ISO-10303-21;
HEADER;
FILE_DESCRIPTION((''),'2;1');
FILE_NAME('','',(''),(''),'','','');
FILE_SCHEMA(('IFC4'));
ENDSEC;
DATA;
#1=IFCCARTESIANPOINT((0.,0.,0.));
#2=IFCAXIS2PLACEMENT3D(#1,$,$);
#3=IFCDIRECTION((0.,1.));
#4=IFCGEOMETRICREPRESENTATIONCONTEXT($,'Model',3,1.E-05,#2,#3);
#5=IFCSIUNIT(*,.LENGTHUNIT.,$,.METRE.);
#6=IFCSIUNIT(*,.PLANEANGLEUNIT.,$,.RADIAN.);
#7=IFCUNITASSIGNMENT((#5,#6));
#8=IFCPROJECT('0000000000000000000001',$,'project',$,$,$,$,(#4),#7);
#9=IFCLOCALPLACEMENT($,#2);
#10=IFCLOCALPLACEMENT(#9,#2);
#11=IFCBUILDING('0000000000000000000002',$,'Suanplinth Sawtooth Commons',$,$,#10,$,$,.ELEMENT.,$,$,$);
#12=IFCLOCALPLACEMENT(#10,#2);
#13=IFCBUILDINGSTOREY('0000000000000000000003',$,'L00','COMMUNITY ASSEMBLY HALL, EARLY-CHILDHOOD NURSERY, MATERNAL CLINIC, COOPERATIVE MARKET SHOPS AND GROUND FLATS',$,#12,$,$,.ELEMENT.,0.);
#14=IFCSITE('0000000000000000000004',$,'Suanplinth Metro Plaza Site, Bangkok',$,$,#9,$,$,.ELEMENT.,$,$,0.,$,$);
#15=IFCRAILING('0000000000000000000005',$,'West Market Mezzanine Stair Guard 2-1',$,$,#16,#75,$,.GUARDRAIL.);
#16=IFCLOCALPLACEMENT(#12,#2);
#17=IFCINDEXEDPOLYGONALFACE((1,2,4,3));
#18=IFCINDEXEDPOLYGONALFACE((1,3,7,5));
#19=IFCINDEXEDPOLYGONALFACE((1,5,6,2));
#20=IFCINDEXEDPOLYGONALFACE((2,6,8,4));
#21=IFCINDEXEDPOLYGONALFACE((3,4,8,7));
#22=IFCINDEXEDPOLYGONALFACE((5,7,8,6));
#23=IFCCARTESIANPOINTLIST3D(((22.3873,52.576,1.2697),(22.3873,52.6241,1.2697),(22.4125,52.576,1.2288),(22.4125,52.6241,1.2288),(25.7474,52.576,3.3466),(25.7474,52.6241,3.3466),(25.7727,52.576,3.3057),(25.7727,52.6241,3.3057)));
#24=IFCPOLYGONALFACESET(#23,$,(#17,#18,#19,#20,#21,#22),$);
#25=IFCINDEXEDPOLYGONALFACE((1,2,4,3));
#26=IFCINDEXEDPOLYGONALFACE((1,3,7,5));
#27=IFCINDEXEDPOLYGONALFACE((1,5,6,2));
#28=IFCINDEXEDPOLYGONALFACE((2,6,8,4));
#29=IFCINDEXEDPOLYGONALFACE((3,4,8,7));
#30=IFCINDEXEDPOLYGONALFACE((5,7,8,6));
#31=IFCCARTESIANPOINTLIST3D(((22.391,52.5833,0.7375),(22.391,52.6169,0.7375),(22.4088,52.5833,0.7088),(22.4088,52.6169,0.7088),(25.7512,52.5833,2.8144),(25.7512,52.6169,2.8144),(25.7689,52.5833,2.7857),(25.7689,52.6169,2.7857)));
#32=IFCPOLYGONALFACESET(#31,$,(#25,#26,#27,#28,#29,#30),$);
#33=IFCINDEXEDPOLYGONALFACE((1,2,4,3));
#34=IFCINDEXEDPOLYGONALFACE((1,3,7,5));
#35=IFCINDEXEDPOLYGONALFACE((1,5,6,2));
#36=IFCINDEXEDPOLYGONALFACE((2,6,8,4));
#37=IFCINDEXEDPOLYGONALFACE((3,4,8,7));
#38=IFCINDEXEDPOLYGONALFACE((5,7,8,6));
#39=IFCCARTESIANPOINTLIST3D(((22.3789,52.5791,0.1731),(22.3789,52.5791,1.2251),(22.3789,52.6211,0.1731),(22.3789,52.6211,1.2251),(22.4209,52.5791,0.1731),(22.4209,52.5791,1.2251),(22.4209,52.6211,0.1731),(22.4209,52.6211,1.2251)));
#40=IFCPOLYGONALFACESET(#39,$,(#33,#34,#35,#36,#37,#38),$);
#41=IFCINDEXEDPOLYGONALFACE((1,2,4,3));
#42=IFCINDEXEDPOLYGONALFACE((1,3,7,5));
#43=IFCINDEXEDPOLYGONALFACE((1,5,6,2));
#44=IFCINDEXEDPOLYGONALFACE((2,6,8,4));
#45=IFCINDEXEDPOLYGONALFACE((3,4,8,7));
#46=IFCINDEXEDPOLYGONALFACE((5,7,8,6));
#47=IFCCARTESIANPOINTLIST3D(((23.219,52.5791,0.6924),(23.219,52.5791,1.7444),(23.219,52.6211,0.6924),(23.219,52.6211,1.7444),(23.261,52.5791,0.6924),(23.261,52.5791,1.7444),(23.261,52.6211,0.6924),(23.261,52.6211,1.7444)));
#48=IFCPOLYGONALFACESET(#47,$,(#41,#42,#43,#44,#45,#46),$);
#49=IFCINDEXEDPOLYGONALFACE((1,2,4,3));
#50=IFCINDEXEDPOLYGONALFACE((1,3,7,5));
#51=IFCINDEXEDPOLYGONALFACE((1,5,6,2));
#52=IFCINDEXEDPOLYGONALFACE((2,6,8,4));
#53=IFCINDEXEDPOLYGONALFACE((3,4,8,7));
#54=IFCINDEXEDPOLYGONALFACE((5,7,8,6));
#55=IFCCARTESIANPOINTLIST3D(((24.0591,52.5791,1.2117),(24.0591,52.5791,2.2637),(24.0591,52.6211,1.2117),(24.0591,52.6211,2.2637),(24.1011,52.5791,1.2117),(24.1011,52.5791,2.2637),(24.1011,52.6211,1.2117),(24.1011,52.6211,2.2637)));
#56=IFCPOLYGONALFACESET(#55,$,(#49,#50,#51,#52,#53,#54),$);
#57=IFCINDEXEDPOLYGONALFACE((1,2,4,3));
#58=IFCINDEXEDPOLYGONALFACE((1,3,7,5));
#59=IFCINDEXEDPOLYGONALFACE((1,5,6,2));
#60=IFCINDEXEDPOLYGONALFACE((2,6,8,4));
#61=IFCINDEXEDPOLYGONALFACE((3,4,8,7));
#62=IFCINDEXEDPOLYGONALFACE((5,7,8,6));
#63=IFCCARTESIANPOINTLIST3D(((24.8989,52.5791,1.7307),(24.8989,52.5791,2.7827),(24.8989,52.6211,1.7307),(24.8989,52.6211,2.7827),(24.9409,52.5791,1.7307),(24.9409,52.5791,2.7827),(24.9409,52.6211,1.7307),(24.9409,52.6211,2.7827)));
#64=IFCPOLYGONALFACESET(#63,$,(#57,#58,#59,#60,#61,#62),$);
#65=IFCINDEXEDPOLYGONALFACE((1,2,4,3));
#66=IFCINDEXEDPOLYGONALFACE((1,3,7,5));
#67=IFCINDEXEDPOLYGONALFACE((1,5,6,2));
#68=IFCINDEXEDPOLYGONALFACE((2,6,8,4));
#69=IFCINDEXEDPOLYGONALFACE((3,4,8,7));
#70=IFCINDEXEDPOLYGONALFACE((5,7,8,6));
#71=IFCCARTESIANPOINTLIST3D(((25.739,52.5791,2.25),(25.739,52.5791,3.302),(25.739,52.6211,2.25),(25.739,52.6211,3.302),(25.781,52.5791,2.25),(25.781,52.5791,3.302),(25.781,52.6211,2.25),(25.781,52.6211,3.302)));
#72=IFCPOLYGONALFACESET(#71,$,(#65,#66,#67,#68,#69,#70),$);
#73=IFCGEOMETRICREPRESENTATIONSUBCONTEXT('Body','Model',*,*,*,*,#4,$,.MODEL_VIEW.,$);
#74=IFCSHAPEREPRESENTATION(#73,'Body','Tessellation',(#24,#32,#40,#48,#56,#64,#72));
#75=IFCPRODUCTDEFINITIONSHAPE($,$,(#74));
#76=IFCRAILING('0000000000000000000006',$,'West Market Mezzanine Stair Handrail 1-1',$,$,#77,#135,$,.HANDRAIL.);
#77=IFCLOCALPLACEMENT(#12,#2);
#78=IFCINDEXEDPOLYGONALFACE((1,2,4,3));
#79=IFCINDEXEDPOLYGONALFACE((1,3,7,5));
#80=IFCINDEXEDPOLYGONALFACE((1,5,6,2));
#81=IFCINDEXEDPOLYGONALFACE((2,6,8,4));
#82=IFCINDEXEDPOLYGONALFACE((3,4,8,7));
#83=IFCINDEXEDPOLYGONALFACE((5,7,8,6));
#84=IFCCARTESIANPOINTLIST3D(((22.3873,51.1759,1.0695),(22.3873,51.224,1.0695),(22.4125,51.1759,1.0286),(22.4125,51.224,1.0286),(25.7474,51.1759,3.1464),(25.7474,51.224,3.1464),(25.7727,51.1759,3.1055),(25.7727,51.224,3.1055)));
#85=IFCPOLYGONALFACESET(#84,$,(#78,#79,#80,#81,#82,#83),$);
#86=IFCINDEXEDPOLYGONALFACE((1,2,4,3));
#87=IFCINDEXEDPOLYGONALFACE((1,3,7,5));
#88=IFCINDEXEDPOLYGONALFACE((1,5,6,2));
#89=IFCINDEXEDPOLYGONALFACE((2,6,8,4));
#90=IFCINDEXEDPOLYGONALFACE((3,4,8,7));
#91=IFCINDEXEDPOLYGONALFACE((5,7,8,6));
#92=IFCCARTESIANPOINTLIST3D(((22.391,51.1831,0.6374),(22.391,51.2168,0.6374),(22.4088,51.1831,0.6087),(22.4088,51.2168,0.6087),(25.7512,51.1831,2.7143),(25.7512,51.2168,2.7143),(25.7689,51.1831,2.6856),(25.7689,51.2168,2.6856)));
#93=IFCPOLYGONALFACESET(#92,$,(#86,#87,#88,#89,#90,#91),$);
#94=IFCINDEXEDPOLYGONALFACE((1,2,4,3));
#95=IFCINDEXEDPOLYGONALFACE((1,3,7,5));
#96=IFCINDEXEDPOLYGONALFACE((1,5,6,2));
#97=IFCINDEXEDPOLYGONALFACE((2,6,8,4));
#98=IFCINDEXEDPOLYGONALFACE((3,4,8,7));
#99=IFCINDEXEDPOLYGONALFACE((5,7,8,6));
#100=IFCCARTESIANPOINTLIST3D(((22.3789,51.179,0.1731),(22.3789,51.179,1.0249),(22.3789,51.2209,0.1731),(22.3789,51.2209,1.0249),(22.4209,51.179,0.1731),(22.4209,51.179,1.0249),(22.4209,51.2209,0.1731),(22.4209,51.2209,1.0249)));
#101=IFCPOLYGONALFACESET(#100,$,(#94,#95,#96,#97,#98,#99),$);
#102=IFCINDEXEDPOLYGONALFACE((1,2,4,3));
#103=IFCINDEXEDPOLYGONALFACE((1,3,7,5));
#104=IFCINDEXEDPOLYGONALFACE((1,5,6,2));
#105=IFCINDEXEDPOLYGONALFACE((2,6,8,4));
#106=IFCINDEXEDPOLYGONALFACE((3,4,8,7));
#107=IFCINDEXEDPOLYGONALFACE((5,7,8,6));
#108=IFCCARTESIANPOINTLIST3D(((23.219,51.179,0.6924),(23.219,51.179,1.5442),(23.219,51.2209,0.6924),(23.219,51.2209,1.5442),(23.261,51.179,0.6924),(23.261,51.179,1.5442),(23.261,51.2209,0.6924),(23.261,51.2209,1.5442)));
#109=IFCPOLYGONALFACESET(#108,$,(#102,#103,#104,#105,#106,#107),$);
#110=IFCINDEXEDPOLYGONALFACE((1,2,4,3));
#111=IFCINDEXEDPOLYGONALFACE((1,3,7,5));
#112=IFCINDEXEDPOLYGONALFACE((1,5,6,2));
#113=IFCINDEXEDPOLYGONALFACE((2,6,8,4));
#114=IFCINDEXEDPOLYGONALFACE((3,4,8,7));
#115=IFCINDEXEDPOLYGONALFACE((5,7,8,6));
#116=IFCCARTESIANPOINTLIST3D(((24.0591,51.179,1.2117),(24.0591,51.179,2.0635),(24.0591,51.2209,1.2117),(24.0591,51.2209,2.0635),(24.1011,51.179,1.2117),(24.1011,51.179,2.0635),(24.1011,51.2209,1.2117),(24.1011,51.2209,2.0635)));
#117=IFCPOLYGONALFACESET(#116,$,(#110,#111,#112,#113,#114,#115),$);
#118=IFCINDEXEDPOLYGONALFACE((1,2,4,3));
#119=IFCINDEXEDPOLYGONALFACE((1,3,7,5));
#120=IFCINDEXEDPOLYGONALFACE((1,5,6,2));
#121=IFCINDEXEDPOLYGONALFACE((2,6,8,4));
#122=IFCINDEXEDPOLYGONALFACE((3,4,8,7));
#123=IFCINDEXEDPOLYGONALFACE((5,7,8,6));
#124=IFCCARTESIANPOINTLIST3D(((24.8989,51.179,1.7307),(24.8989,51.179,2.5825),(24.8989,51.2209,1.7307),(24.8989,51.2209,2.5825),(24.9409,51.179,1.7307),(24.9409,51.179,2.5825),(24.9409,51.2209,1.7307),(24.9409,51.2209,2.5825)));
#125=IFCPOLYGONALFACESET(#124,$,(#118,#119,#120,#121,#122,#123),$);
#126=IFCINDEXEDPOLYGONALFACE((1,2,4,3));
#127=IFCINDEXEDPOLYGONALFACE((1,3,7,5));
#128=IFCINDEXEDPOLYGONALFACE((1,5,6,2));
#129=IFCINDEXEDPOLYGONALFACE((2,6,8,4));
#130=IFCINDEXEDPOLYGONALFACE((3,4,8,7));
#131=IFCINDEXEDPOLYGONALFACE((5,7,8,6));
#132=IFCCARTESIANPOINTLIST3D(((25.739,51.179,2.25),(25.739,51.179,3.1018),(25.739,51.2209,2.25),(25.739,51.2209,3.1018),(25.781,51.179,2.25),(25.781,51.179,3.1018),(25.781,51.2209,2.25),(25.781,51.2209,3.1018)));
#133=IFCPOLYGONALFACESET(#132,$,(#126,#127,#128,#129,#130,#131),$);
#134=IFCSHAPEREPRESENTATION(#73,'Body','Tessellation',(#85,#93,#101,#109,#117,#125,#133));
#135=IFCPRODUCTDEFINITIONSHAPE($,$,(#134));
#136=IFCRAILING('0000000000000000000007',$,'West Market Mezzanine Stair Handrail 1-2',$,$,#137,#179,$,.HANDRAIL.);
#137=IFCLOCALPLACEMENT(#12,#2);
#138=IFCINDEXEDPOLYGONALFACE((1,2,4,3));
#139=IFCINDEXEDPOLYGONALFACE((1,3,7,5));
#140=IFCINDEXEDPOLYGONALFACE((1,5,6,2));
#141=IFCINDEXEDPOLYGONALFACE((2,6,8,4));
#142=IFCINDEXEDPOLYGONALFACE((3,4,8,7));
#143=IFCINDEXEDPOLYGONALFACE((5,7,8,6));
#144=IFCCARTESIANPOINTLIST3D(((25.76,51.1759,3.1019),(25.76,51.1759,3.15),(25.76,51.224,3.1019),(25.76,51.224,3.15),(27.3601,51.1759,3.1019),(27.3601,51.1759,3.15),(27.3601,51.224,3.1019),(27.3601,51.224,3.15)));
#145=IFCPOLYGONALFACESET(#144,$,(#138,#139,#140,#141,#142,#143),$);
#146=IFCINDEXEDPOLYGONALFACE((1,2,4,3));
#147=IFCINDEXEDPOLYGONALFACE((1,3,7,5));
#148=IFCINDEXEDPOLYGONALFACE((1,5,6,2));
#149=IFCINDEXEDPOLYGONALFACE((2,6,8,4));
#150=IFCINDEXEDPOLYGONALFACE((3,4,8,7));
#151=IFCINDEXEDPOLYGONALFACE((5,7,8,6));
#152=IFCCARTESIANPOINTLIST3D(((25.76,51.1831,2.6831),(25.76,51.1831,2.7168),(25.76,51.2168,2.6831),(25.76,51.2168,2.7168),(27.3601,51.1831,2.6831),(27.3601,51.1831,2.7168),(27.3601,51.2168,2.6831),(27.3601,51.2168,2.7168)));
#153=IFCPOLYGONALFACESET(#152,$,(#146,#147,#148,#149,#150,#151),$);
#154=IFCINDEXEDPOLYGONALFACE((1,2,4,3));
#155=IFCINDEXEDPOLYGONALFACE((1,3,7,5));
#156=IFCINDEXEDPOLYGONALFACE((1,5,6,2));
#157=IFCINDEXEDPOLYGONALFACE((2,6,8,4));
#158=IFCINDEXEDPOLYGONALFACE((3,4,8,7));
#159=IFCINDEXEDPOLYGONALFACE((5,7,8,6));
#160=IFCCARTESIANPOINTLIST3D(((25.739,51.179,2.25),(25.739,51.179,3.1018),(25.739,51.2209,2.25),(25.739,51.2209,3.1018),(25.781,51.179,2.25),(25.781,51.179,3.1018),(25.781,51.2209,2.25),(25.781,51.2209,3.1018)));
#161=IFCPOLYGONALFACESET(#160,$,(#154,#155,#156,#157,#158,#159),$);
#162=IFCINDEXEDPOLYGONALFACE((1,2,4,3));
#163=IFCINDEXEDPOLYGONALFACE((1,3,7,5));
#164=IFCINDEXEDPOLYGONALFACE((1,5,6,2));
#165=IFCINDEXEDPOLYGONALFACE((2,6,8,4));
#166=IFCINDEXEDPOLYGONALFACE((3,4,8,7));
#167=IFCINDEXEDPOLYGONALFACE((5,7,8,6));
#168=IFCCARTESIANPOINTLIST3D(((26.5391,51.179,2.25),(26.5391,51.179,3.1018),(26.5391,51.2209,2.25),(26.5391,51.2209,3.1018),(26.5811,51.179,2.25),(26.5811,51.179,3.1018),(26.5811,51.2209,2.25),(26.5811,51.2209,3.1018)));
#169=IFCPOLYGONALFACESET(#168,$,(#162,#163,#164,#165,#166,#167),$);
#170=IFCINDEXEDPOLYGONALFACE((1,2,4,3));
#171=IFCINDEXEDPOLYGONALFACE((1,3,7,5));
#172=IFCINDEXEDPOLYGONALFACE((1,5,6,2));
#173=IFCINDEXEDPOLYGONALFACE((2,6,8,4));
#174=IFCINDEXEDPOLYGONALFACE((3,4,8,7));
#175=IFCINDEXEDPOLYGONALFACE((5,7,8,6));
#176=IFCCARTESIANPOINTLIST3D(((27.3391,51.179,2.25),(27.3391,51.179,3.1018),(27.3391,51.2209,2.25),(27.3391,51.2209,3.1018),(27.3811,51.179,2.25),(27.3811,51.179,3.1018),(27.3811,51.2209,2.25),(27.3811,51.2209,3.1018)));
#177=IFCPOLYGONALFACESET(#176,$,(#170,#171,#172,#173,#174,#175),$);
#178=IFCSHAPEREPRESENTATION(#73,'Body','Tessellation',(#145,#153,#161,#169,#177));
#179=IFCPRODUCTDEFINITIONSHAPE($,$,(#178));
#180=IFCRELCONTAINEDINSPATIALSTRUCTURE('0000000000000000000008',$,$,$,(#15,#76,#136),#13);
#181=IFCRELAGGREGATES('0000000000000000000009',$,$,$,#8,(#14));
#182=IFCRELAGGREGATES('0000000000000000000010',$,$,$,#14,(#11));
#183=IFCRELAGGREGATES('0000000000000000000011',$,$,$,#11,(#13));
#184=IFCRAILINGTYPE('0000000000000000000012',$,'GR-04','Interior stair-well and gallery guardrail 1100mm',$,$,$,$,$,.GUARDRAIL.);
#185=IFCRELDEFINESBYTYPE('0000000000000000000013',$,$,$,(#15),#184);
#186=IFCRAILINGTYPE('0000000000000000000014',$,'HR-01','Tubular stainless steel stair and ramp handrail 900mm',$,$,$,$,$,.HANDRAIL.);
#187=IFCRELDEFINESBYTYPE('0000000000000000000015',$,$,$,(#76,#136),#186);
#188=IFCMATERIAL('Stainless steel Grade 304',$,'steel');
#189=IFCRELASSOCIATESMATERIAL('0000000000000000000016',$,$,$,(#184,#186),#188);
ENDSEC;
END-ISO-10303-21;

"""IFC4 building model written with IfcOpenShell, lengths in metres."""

from ifc_helpers import new_model, si_unit, direction, frame, origin, origin_2d, place, context, subcontext, project, spatial, rectangle, extrude, material, type_object, element, save


model = new_model("IFC4")

# Units and contexts
model_context = context("Model", 3, precision=1e-05, world=origin(), true_north=direction((0.0, 1.0)))
body_context = subcontext(model_context, "Body", "Model", "MODEL_VIEW")
ifc_project = project(units=[si_unit("LENGTHUNIT", "METRE"), si_unit("PLANEANGLEUNIT", "RADIAN")], contexts=[model_context])

# Site, building, storey
site_placement = place(None, origin())
site = spatial("IfcSite", under=ifc_project, at=site_placement, Name="Suanplinth Metro Plaza Site, Bangkok", CompositionType="ELEMENT", RefElevation=0.0)
building_placement = place(site_placement, origin())
building = spatial("IfcBuilding", under=site, at=building_placement, Name="Suanplinth Sawtooth Commons", CompositionType="ELEMENT")
storey_placement = place(building_placement, origin())
storey = spatial("IfcBuildingStorey", under=building, at=storey_placement, Name="L00", Description="COMMUNITY ASSEMBLY HALL, EARLY-CHILDHOOD NURSERY, MATERNAL CLINIC, COOPERATIVE MARKET SHOPS AND GROUND FLATS", CompositionType="ELEMENT", Elevation=0.0)

# Railings
ifc_material_1 = material(Name="Stainless steel Grade 304", Category="steel")
railing_type_1 = type_object("IfcRailingType", Name="GR-04", Description="Interior stair-well and gallery guardrail 1100mm", PredefinedType="GUARDRAIL", material=ifc_material_1)
railing_1_placement = place(storey_placement, frame((22.3999, 52.6001, 0.1731)))
element("IfcRailing", 1, at=railing_1_placement, inside=storey, type_object=railing_type_1, Name="West Market Mezzanine Stair Guard 2-1", PredefinedType="GUARDRAIL", context=body_context, shape_type="SweptSolid", body=[
    extrude(rectangle(XDim=0.0481, YDim=0.0481, at=origin_2d()), frame((0.0, 0.0, 1.0762), z_axis=(0.850623, 0.0, 0.525776), x_axis=(0.0, 1.0, 0.0)), (0.0, 0.0, 1.0), 3.9502),
    extrude(rectangle(XDim=0.0337, YDim=0.0337, at=origin_2d()), frame((0.0, 0.0, 0.55), z_axis=(0.850623, 0.0, 0.525776), x_axis=(0.0, 1.0, 0.0)), (0.0, 0.0, 1.0), 3.9502),
    extrude(rectangle(XDim=0.042, YDim=0.042, at=origin_2d()), origin(), (0.0, 0.0, 1.0), 1.052),
    extrude(rectangle(XDim=0.042, YDim=0.042, at=origin_2d()), frame((0.8401, 0.0, 0.5193)), (0.0, 0.0, 1.0), 1.052),
    extrude(rectangle(XDim=0.042, YDim=0.042, at=origin_2d()), frame((1.6802, 0.0, 1.0386)), (0.0, 0.0, 1.0), 1.052),
    extrude(rectangle(XDim=0.042, YDim=0.042, at=origin_2d()), frame((2.52, 0.0, 1.5576)), (0.0, 0.0, 1.0), 1.052),
    extrude(rectangle(XDim=0.042, YDim=0.042, at=origin_2d()), frame((3.3601, 0.0, 2.0769)), (0.0, 0.0, 1.0), 1.052),
])
railing_type_2 = type_object("IfcRailingType", Name="HR-01", Description="Tubular stainless steel stair and ramp handrail 900mm", PredefinedType="HANDRAIL", material=ifc_material_1)
railing_2_placement = place(storey_placement, frame((22.3999, 51.2, 0.1731)))
element("IfcRailing", 2, at=railing_2_placement, inside=storey, type_object=railing_type_2, Name="West Market Mezzanine Stair Handrail 1-1", PredefinedType="HANDRAIL", context=body_context, shape_type="SweptSolid", body=[
    extrude(rectangle(XDim=0.0481, YDim=0.0481, at=origin_2d()), frame((0.0, 0.0, 0.876), z_axis=(0.850623, 0.0, 0.525776), x_axis=(0.0, 1.0, 0.0)), (0.0, 0.0, 1.0), 3.9502),
    extrude(rectangle(XDim=0.0337, YDim=0.0337, at=origin_2d()), frame((0.0, 0.0, 0.45), z_axis=(0.850623, 0.0, 0.525776), x_axis=(0.0, 1.0, 0.0)), (0.0, 0.0, 1.0), 3.9502),
    extrude(rectangle(XDim=0.042, YDim=0.042, at=origin_2d()), origin(), (0.0, 0.0, 1.0), 0.8518),
    extrude(rectangle(XDim=0.042, YDim=0.042, at=origin_2d()), frame((0.8401, 0.0, 0.5193)), (0.0, 0.0, 1.0), 0.8518),
    extrude(rectangle(XDim=0.042, YDim=0.042, at=origin_2d()), frame((1.6802, 0.0, 1.0386)), (0.0, 0.0, 1.0), 0.8518),
    extrude(rectangle(XDim=0.042, YDim=0.042, at=origin_2d()), frame((2.52, 0.0, 1.5576)), (0.0, 0.0, 1.0), 0.8518),
    extrude(rectangle(XDim=0.042, YDim=0.042, at=origin_2d()), frame((3.3601, 0.0, 2.0769)), (0.0, 0.0, 1.0), 0.8518),
])
railing_3_placement = place(storey_placement, frame((25.76, 51.2, 2.25)))
element("IfcRailing", 3, at=railing_3_placement, inside=storey, type_object=railing_type_2, Name="West Market Mezzanine Stair Handrail 1-2", PredefinedType="HANDRAIL", context=body_context, shape_type="SweptSolid", body=[
    extrude(rectangle(XDim=0.0481, YDim=0.0481, at=origin_2d()), frame((0.0, 0.0, 0.876), z_axis=(1.0, 0.0, 0.0), x_axis=(0.0, 1.0, 0.0)), (0.0, 0.0, 1.0), 1.6001),
    extrude(rectangle(XDim=0.0337, YDim=0.0337, at=origin_2d()), frame((0.0, 0.0, 0.45), z_axis=(1.0, 0.0, 0.0), x_axis=(0.0, 1.0, 0.0)), (0.0, 0.0, 1.0), 1.6001),
    extrude(rectangle(XDim=0.042, YDim=0.042, at=origin_2d()), origin(), (0.0, 0.0, 1.0), 0.8518),
    extrude(rectangle(XDim=0.042, YDim=0.042, at=origin_2d()), frame((0.8, 0.0, 0.0)), (0.0, 0.0, 1.0), 0.8518),
    extrude(rectangle(XDim=0.042, YDim=0.042, at=origin_2d()), frame((1.6001, 0.0, 0.0)), (0.0, 0.0, 1.0), 0.8518),
])

save(model, "model.ifc")
